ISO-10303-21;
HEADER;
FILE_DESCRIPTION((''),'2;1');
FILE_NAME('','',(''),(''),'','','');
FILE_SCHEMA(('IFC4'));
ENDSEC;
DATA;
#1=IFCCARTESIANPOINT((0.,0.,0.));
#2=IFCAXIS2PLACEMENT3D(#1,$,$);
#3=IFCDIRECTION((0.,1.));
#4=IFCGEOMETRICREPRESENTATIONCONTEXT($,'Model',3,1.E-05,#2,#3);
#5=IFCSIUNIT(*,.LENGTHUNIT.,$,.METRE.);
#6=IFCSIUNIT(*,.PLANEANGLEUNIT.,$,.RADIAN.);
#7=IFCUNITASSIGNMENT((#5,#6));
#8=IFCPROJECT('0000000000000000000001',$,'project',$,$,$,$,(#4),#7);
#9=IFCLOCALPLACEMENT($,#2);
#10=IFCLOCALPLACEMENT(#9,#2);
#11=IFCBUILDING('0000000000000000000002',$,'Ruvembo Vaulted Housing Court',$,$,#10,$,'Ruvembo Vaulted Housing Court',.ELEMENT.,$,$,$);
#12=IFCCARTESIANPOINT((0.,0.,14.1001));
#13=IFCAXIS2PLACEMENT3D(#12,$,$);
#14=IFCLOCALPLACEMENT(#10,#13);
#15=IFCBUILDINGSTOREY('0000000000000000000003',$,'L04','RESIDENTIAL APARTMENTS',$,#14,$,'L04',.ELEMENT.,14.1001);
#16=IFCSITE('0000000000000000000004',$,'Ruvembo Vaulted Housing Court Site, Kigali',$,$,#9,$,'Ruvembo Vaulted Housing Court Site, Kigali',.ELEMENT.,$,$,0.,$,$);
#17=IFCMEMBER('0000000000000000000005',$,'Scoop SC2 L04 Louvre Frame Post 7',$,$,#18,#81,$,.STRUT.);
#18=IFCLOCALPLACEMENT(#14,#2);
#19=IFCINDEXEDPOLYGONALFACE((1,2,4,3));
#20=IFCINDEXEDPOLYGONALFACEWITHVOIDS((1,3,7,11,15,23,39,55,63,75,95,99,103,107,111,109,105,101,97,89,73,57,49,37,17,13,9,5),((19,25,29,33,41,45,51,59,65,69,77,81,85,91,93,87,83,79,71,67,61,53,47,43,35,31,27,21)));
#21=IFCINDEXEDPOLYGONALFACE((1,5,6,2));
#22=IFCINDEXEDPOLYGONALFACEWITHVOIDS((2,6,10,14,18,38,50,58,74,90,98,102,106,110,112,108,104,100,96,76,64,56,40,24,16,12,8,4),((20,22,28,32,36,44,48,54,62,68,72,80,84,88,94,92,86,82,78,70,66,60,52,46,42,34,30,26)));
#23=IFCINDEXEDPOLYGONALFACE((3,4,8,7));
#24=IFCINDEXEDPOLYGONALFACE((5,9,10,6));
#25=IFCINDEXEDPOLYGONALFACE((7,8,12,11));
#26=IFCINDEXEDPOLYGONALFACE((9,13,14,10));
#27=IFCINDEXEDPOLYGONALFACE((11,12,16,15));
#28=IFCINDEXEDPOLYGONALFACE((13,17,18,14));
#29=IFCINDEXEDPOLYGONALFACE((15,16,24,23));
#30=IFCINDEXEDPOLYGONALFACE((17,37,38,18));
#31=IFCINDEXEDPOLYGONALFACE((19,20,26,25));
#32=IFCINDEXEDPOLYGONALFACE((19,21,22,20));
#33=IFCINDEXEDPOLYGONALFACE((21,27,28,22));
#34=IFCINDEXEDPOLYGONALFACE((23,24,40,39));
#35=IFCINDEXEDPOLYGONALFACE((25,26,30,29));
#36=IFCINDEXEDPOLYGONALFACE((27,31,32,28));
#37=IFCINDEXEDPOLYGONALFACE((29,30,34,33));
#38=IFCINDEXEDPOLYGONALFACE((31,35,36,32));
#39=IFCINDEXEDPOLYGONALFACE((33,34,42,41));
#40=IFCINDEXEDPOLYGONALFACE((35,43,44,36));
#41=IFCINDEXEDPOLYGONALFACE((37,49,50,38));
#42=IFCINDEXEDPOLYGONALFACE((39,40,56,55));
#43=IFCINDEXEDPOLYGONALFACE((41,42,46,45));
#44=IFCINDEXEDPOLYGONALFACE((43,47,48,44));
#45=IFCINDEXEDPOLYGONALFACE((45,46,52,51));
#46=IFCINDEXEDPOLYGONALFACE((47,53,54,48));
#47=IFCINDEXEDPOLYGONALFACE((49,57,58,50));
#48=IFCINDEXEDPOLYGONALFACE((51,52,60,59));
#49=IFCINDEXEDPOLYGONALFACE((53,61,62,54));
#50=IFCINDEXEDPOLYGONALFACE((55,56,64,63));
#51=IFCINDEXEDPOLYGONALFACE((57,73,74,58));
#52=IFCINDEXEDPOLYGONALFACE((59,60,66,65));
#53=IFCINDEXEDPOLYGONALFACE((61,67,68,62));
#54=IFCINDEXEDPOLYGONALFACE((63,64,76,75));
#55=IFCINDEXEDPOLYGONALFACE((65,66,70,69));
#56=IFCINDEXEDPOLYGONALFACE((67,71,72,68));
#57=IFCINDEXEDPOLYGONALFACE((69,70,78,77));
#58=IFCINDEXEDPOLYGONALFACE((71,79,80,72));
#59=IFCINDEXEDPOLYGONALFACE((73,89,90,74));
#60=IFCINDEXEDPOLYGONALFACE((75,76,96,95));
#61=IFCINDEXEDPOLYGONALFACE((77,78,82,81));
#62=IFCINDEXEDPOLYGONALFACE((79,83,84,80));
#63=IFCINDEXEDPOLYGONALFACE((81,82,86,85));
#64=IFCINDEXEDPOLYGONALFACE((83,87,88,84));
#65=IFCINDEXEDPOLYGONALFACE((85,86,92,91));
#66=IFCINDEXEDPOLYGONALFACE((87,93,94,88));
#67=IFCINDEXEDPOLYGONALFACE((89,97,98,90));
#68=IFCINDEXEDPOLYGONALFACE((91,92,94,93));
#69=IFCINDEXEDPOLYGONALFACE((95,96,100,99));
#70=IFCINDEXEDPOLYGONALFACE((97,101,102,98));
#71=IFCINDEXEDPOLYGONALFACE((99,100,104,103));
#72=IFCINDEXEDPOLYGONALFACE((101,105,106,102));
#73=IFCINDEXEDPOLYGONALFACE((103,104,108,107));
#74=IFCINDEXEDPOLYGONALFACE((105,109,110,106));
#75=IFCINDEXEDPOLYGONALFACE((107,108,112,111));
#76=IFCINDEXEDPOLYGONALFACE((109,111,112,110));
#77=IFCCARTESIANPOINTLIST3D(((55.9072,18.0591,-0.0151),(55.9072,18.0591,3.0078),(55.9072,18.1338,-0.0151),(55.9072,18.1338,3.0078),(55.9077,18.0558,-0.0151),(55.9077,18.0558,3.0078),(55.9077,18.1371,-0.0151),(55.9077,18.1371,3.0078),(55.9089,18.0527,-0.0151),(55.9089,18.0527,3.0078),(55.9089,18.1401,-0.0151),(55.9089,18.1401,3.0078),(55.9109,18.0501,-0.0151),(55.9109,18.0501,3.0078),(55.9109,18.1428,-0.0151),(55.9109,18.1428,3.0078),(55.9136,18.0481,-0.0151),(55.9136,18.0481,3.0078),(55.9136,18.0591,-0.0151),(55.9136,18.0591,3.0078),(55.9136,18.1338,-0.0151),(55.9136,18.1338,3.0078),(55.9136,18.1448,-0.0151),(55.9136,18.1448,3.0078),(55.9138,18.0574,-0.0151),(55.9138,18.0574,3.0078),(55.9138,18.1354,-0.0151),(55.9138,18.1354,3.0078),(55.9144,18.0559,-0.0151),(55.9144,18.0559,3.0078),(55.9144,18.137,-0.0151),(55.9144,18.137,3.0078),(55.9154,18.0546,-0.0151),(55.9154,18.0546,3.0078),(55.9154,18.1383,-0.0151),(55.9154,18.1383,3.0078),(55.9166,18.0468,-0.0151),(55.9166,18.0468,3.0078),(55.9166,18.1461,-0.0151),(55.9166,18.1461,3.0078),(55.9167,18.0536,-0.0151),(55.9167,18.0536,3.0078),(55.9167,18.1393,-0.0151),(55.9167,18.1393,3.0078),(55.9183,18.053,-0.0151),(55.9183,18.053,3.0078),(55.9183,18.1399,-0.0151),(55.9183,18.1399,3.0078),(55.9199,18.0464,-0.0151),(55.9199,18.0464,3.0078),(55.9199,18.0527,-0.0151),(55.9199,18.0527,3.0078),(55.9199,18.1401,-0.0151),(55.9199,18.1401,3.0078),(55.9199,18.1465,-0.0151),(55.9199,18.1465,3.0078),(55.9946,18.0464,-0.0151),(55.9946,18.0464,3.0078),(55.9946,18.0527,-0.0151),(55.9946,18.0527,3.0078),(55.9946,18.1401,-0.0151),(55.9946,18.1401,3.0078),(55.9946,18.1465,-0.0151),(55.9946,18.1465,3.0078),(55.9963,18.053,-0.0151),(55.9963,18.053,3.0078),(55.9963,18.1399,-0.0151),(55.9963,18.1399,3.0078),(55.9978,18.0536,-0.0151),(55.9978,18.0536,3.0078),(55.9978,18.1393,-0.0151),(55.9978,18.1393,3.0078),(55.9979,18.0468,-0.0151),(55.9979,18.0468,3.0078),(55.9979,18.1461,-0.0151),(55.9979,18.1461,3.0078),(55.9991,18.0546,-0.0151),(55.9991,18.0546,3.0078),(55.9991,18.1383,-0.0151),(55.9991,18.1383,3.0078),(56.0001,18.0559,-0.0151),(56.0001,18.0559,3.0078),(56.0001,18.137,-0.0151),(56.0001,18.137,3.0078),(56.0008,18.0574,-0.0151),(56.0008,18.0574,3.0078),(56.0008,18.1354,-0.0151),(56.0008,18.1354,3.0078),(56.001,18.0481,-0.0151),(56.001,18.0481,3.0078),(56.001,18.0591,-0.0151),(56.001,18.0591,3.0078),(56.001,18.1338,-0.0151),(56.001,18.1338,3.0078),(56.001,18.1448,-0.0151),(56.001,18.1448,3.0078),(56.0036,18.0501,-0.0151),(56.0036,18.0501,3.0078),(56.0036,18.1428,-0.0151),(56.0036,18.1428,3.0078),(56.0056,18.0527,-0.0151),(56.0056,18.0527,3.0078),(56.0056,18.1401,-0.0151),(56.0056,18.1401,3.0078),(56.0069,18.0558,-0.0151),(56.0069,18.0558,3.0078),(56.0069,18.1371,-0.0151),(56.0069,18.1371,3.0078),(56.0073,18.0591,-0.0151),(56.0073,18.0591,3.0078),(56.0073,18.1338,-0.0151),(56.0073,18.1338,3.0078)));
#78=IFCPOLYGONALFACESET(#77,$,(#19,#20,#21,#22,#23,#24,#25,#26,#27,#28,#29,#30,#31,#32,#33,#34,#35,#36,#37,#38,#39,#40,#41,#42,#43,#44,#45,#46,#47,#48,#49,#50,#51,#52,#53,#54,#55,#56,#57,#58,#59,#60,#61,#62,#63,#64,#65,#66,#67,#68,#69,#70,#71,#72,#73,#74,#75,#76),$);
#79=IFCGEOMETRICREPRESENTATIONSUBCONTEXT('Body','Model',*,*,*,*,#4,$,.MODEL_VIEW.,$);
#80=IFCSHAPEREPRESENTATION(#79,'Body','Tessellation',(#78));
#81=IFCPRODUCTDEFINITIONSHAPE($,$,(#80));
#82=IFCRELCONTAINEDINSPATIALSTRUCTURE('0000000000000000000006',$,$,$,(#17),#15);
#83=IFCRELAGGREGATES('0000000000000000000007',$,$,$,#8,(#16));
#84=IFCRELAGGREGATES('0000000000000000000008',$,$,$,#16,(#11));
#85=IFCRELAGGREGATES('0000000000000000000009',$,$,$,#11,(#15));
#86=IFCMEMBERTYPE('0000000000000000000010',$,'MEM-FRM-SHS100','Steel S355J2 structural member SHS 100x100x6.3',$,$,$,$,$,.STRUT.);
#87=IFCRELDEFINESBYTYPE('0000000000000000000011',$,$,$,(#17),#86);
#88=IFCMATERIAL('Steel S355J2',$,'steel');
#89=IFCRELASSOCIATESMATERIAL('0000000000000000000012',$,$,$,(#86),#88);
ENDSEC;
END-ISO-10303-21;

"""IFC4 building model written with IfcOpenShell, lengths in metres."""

from ifc_helpers import new_model, si_unit, direction, frame, origin, origin_2d, place, context, subcontext, project, spatial, hollow_rectangle, extrude, material, material_profile, profile_set, type_object, element, save


model = new_model("IFC4")

# Units and contexts
model_context = context("Model", 3, precision=1e-05, world=origin(), true_north=direction((0.0, 1.0)))
body_context = subcontext(model_context, "Body", "Model", "MODEL_VIEW")
ifc_project = project(units=[si_unit("LENGTHUNIT", "METRE"), si_unit("PLANEANGLEUNIT", "RADIAN")], contexts=[model_context])

# Site, building, storey
site_placement = place(None, origin())
site = spatial("IfcSite", under=ifc_project, at=site_placement, Name="Ruvembo Vaulted Housing Court Site, Kigali", LongName="Ruvembo Vaulted Housing Court Site, Kigali", CompositionType="ELEMENT", RefElevation=0.0)
building_placement = place(site_placement, origin())
building = spatial("IfcBuilding", under=site, at=building_placement, Name="Ruvembo Vaulted Housing Court", LongName="Ruvembo Vaulted Housing Court", CompositionType="ELEMENT")
storey_placement = place(building_placement, frame((0.0, 0.0, 14.1001)))
storey = spatial("IfcBuildingStorey", under=building, at=storey_placement, Name="L04", Description="RESIDENTIAL APARTMENTS", LongName="L04", CompositionType="ELEMENT", Elevation=14.1001)

# Shared definitions
ifc_material_1 = material(Name="Steel S355J2", Category="steel")

# Member
ifc_material_profile_1 = material_profile(ifc_material_1, hollow_rectangle(XDim=0.1001, YDim=0.1001, WallThickness=0.0063, InnerFilletRadius=0.0063, OuterFilletRadius=0.0127, at=origin_2d()), Name="SHS 100x100x6.3")
ifc_profile_set_1 = profile_set([ifc_material_profile_1], Name="Steel S355J2")
member_type_1 = type_object("IfcMemberType", Name="MEM-FRM-SHS100", Description="Steel S355J2 structural member SHS 100x100x6.3", PredefinedType="STRUT", material=ifc_profile_set_1)
for number, where, z_axis, x_axis, name in (
    (1, (55.9573, 18.0964, -0.0151), (0.0, 0.0, 1.0), (1.0, 0.0, 0.0), "Scoop SC2 L04 Louvre Frame Post 7"),
):
    element("IfcMember", number, at=place(storey_placement, frame(where, z_axis=z_axis, x_axis=x_axis)), inside=storey, type_object=member_type_1, Name=name, PredefinedType="STRUT", context=body_context, shape_type="SweptSolid", body=[
        extrude(hollow_rectangle(XDim=0.1001, YDim=0.1001, WallThickness=0.0063, InnerFilletRadius=0.0063, OuterFilletRadius=0.0127, at=origin_2d()), origin(), (0.0, 0.0, 1.0), 3.0229),
    ])

save(model, "model.ifc")
